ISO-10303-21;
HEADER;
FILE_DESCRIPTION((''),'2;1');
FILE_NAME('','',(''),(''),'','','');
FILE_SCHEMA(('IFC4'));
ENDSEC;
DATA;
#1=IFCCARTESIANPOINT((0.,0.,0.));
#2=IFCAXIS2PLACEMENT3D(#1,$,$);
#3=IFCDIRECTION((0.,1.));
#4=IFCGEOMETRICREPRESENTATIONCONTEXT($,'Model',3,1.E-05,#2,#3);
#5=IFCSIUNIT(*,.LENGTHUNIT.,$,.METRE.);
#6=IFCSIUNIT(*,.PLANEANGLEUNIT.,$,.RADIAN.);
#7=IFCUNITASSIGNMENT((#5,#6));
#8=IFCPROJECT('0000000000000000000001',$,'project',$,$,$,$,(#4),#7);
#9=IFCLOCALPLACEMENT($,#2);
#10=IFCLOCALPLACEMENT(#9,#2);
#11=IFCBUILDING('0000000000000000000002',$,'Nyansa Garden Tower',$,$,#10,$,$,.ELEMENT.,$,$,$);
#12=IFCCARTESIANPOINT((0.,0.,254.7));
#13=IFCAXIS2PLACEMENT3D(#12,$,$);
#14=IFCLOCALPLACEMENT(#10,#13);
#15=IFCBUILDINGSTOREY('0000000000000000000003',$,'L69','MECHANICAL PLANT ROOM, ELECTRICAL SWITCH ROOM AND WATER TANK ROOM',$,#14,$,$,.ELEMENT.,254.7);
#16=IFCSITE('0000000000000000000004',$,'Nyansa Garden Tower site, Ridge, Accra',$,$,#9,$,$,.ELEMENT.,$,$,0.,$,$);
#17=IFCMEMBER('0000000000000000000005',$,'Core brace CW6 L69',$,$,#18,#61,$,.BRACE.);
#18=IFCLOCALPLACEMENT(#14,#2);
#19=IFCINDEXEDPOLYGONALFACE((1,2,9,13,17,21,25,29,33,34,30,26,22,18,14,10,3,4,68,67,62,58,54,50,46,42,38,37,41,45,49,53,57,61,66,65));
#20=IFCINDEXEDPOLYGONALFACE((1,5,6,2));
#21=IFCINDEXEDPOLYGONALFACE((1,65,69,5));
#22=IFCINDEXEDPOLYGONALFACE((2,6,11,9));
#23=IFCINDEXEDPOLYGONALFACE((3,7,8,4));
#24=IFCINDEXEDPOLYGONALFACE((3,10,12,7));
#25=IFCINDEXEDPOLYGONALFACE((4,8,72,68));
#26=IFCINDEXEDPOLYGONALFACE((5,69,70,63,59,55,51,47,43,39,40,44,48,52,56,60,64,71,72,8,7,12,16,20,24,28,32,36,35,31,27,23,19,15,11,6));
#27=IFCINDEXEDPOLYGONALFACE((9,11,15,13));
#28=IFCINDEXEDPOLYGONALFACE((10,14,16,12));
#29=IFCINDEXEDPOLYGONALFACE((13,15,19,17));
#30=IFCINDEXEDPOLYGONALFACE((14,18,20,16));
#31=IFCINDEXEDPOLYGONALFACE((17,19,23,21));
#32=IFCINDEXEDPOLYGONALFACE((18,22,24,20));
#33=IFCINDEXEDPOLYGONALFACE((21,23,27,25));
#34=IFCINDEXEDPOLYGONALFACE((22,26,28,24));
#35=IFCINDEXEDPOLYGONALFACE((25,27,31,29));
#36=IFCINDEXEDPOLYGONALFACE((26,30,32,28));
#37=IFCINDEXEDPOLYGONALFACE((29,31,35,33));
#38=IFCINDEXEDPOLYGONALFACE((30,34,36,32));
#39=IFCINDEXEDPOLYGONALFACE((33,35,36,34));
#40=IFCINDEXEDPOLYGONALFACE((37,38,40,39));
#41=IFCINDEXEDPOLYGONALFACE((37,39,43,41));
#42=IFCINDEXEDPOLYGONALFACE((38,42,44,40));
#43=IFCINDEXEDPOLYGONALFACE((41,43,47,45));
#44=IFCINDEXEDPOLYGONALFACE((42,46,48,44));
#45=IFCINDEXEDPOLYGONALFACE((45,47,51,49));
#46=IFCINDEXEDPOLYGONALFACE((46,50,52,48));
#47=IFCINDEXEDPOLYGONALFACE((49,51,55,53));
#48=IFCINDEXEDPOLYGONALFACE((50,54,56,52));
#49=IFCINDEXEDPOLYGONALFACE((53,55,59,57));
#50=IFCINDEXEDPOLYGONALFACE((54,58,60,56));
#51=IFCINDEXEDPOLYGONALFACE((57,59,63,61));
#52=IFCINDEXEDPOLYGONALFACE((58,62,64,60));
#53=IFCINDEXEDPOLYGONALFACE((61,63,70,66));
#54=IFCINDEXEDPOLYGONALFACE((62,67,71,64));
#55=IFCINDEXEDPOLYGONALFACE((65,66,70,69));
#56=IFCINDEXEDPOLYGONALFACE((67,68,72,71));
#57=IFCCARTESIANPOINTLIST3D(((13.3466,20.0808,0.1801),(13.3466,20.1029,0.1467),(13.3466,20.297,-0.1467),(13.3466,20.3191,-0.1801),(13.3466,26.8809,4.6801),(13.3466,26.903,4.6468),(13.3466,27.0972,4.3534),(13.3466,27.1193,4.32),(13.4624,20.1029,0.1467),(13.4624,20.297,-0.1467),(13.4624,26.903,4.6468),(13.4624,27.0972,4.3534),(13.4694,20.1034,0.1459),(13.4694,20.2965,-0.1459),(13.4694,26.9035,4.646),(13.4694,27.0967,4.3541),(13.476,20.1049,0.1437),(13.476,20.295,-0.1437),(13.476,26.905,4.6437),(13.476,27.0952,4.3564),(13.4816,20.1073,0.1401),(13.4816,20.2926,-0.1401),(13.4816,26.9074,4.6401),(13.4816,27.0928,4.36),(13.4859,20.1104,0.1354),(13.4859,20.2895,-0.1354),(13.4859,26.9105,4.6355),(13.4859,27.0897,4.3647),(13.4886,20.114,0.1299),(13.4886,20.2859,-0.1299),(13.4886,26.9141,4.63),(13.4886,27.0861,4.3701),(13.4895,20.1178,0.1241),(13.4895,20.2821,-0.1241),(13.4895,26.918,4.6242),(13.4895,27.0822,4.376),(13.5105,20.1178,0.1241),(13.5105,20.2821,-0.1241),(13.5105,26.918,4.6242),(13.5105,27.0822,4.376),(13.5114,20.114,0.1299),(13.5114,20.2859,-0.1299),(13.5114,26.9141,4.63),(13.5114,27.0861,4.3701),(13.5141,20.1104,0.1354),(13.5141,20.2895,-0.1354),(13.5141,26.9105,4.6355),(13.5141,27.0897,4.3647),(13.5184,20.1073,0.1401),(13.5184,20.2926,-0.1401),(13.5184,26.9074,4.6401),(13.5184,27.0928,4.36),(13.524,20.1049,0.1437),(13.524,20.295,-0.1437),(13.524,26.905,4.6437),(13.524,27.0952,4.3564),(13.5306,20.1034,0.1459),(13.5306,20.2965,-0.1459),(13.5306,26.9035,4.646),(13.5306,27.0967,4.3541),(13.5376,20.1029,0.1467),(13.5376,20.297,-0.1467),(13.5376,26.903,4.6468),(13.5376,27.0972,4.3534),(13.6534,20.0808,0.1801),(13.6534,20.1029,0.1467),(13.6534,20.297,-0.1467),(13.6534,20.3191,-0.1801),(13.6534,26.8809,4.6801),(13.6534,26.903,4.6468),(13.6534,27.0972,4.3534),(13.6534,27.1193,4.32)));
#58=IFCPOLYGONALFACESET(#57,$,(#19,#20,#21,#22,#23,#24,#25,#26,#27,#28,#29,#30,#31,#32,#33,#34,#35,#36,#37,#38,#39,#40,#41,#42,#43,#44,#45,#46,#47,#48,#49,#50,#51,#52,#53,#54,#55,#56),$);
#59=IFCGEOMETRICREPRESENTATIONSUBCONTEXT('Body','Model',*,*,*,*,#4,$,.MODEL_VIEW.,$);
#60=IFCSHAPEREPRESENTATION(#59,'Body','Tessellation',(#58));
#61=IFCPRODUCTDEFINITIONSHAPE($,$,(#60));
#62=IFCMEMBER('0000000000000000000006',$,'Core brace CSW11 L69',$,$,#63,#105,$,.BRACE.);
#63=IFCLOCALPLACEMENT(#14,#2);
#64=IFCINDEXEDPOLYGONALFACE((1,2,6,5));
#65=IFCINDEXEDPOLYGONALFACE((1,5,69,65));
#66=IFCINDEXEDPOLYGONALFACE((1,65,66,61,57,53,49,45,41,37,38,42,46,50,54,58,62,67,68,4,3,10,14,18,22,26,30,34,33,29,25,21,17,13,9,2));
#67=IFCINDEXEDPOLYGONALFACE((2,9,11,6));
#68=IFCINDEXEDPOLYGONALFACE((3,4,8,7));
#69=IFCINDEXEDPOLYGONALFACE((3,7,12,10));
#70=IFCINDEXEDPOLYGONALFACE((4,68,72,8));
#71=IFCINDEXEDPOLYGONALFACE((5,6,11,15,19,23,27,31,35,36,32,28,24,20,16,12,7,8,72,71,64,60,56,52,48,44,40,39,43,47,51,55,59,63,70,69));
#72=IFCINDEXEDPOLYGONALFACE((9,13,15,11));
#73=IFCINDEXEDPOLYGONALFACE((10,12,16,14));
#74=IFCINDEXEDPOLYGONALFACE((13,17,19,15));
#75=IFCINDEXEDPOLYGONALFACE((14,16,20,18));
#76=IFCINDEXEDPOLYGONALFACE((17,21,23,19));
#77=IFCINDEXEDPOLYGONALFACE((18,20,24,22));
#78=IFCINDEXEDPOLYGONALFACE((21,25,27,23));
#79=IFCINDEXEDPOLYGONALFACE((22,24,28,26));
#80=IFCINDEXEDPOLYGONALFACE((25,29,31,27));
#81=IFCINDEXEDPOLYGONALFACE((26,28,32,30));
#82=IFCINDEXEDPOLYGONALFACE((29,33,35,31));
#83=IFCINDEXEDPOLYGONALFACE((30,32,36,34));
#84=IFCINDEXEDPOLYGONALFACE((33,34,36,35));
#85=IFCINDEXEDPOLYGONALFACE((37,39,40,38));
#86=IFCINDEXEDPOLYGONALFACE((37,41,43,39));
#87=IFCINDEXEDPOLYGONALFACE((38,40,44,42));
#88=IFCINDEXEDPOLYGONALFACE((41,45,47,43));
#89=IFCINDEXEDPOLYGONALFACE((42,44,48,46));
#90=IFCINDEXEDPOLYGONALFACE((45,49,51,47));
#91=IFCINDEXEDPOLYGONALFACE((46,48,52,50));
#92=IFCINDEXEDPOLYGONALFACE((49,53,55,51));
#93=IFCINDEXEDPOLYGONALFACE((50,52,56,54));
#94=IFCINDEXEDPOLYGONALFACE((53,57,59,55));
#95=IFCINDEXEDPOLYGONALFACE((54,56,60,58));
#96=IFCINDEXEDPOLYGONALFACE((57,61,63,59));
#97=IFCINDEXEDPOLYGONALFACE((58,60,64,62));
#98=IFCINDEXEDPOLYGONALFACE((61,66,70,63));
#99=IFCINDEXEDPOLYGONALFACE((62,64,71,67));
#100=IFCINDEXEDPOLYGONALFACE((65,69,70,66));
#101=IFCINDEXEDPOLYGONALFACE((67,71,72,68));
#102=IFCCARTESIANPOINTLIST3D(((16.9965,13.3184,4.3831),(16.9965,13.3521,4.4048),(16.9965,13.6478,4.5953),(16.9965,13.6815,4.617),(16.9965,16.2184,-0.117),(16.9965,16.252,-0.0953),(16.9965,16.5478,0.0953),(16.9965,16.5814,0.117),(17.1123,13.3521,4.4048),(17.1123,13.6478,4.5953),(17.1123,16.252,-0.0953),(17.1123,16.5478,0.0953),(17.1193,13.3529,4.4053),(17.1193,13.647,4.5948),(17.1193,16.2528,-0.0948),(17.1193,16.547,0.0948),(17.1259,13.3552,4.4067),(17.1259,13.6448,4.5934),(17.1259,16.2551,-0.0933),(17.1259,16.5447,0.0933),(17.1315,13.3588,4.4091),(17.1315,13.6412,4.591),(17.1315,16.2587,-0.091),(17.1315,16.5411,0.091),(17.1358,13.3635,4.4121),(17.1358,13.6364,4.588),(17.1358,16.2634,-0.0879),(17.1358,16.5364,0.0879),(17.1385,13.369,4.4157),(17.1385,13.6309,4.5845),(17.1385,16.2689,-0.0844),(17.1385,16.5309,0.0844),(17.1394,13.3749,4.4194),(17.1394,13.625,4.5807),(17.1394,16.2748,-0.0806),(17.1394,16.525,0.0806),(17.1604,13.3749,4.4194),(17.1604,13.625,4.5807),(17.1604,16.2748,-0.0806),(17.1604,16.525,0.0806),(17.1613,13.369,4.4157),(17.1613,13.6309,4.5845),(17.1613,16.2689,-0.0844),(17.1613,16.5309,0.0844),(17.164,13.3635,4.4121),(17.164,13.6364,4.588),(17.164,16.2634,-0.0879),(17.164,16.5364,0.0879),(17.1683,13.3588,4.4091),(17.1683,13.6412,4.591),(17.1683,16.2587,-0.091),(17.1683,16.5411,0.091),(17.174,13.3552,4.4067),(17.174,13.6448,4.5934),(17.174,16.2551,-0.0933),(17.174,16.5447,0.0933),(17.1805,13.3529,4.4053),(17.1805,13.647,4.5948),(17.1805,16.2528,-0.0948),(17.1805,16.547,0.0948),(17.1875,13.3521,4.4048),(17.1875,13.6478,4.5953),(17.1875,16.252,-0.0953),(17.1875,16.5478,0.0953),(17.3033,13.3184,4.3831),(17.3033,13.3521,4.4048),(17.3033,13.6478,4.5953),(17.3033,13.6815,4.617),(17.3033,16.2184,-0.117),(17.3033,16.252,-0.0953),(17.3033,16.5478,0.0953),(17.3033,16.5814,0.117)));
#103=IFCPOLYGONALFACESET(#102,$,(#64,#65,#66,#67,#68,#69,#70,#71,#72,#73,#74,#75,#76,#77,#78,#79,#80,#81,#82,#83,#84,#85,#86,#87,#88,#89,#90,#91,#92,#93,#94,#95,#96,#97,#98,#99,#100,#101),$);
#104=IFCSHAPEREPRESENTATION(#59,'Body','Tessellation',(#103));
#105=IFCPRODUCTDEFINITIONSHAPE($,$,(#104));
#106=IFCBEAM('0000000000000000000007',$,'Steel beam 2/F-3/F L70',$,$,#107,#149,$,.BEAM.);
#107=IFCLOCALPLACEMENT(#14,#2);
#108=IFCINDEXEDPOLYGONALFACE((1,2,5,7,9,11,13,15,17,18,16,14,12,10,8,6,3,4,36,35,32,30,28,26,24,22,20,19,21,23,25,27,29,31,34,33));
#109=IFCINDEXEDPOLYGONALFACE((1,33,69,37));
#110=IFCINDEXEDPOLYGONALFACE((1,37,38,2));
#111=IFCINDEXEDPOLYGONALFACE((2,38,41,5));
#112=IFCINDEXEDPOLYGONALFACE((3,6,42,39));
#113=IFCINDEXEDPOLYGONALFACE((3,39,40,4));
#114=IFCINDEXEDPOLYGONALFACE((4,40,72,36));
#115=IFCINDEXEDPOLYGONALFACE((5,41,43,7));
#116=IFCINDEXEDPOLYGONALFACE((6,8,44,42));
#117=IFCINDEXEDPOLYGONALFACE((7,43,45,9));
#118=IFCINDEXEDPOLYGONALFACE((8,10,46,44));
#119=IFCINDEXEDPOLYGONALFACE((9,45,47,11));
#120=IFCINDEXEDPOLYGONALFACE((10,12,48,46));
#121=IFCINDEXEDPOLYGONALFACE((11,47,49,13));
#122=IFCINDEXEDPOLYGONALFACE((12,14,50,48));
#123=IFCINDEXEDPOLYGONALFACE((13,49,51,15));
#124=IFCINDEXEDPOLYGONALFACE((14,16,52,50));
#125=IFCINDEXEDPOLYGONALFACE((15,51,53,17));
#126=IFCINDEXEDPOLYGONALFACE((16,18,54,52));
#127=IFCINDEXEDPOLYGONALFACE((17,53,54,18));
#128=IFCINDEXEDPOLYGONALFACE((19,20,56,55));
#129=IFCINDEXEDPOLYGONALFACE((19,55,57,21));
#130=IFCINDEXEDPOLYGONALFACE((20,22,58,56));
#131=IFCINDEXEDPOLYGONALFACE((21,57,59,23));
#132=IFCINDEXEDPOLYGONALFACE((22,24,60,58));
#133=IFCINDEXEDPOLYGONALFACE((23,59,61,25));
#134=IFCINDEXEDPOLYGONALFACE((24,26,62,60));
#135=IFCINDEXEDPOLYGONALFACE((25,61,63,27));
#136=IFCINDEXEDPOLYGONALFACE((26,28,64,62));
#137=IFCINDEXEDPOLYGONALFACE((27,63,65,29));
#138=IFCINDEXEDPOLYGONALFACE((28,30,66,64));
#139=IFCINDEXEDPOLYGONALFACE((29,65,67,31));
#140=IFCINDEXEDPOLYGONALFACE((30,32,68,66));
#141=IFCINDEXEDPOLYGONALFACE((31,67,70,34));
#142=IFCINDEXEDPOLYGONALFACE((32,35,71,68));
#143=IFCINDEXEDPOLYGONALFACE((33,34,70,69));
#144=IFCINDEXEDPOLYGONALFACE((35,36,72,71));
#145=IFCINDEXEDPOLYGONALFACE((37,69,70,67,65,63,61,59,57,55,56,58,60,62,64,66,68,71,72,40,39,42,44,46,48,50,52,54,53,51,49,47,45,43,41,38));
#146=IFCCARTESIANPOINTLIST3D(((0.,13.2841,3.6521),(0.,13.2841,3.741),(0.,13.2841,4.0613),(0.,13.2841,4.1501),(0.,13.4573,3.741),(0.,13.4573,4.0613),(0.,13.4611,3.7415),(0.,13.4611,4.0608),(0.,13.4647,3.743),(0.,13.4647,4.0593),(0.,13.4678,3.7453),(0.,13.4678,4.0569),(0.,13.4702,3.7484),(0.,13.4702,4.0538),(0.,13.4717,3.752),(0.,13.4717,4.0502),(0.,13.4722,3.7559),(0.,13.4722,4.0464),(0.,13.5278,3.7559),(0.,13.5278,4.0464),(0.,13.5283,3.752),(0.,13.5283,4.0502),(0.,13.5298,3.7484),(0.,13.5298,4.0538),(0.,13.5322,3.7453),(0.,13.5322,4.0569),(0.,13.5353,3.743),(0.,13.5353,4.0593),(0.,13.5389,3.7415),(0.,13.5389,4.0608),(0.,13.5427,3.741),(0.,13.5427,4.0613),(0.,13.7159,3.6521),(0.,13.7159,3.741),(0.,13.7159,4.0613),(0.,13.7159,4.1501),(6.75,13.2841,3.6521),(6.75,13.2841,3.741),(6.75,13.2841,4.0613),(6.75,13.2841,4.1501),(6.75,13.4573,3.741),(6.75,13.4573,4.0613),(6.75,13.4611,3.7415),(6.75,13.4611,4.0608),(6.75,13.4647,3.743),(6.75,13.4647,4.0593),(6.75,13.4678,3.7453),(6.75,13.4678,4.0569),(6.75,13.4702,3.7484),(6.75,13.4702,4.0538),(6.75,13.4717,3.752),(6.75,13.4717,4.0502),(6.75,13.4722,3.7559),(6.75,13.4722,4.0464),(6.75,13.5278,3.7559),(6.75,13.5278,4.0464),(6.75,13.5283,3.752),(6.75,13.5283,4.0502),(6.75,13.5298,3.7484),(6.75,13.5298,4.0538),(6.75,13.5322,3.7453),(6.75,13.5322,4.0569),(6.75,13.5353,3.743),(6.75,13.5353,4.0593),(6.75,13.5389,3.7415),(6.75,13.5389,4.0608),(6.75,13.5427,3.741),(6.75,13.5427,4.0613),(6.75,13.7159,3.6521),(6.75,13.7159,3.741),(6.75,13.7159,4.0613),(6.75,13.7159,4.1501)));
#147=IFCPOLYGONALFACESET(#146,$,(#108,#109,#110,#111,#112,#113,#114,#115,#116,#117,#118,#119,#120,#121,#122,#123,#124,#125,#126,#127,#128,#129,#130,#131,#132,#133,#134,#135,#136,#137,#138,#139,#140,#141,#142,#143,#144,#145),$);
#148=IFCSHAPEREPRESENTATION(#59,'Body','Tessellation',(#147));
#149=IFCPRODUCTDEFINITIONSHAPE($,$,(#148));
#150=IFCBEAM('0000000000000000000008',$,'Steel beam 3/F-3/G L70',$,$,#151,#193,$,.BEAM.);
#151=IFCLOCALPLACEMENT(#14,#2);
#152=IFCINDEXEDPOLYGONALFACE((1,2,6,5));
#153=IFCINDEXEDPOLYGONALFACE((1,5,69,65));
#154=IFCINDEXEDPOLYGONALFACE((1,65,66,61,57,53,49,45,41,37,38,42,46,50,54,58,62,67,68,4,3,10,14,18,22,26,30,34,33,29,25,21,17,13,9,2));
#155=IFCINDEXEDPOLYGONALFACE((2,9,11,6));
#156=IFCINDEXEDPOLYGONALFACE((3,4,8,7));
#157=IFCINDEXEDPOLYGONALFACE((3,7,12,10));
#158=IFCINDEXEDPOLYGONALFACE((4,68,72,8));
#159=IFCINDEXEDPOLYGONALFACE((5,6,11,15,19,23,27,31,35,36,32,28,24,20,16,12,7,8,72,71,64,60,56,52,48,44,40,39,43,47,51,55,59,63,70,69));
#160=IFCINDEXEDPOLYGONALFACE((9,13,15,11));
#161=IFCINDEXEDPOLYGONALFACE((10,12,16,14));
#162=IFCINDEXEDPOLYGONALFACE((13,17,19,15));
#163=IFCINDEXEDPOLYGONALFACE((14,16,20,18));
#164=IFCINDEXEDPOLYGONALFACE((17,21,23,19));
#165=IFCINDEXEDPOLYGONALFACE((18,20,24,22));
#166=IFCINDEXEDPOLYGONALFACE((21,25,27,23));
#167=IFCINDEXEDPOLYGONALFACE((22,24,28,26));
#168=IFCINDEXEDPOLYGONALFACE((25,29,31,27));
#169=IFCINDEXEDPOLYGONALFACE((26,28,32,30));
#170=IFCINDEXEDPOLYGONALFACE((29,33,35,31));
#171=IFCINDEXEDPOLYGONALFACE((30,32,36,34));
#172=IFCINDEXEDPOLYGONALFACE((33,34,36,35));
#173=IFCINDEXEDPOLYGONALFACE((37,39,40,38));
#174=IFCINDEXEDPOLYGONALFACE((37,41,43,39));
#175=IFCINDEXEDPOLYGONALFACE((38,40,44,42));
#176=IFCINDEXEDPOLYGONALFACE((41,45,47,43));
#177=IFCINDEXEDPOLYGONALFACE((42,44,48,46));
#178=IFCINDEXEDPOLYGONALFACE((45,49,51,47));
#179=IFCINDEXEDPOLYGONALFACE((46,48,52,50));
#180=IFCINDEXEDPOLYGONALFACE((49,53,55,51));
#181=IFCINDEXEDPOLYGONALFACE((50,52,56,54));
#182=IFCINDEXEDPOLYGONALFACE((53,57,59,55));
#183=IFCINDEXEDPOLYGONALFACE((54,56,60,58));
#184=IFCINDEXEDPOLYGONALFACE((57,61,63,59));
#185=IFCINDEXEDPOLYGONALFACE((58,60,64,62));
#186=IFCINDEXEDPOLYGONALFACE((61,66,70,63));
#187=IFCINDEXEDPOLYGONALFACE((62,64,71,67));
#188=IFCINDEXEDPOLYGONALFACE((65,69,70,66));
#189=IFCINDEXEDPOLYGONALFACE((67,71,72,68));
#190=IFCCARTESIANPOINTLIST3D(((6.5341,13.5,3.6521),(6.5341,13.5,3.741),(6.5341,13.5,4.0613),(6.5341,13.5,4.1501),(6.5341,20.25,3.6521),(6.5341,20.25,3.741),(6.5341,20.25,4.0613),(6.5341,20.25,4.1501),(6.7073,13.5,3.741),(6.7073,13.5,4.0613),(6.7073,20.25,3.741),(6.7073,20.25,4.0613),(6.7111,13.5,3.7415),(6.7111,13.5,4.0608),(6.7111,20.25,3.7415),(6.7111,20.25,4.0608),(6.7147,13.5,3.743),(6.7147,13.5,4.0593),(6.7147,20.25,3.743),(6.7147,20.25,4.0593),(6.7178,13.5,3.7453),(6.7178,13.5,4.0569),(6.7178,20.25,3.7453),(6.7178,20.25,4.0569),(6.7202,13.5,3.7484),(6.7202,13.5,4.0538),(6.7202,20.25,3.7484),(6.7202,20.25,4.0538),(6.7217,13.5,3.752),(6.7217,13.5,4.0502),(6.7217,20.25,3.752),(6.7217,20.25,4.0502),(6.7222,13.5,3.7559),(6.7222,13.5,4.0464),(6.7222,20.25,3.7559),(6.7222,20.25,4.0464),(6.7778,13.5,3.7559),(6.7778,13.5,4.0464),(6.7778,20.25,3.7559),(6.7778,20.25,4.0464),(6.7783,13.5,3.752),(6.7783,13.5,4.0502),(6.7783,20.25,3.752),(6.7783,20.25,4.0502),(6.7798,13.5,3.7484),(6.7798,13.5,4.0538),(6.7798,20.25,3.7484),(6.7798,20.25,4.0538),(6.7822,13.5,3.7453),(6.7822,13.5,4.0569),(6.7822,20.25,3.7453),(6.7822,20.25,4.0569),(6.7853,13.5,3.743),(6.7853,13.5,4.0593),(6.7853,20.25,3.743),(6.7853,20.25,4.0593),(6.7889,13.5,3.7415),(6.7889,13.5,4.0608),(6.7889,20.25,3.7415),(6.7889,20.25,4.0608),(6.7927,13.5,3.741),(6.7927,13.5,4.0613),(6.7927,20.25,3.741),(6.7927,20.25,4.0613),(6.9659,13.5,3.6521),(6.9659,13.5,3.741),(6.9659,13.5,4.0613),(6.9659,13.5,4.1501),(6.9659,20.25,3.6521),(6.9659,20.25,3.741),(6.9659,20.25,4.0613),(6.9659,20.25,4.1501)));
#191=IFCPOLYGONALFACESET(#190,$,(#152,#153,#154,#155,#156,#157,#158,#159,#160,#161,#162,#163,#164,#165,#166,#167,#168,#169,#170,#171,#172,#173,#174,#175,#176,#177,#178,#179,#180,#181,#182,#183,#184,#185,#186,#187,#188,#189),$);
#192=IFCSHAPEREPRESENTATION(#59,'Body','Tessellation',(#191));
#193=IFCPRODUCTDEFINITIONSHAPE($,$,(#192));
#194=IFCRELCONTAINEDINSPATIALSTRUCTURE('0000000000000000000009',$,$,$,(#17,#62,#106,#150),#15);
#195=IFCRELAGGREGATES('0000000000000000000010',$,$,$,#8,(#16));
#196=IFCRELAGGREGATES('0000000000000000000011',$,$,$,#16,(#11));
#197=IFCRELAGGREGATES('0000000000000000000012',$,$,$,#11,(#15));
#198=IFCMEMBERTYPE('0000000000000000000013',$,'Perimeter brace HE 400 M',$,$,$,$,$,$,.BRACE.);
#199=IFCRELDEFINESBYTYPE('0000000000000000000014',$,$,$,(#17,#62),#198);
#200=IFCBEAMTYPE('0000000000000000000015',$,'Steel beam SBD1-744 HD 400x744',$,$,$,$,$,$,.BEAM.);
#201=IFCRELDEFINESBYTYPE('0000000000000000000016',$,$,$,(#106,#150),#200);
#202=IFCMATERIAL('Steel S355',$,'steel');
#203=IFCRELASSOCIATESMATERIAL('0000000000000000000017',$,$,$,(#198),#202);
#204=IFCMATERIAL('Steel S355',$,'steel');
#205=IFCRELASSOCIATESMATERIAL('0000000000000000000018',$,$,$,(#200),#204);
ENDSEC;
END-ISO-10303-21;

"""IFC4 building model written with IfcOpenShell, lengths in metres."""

from ifc_helpers import new_model, si_unit, direction, frame, origin, origin_2d, place, context, subcontext, project, spatial, i_section, extrude, material, material_profile, profile_set, type_object, element, save


model = new_model("IFC4")

# Units and contexts
model_context = context("Model", 3, precision=1e-05, world=origin(), true_north=direction((0.0, 1.0)))
body_context = subcontext(model_context, "Body", "Model", "MODEL_VIEW")
ifc_project = project(units=[si_unit("LENGTHUNIT", "METRE"), si_unit("PLANEANGLEUNIT", "RADIAN")], contexts=[model_context])

# Site, building, storey
site_placement = place(None, origin())
site = spatial("IfcSite", under=ifc_project, at=site_placement, Name="Nyansa Garden Tower site, Ridge, Accra", CompositionType="ELEMENT", RefElevation=0.0)
building_placement = place(site_placement, origin())
building = spatial("IfcBuilding", under=site, at=building_placement, Name="Nyansa Garden Tower", CompositionType="ELEMENT")
storey_placement = place(building_placement, frame((0.0, 0.0, 254.7)))
storey = spatial("IfcBuildingStorey", under=building, at=storey_placement, Name="L69", Description="MECHANICAL PLANT ROOM, ELECTRICAL SWITCH ROOM AND WATER TANK ROOM", CompositionType="ELEMENT", Elevation=254.7)

# Members
ifc_material_1 = material(Name="Steel S355", Category="steel")
ifc_material_profile_1 = material_profile(ifc_material_1, i_section(OverallWidth=0.3069, OverallDepth=0.4319, WebThickness=0.021, FlangeThickness=0.04, FilletRadius=0.0271, at=origin_2d()), Name="HE 400 M")
ifc_profile_set_1 = profile_set([ifc_material_profile_1], Name="Steel S355")
member_type = type_object("IfcMemberType", Name="Perimeter brace HE 400 M", PredefinedType="BRACE", material=ifc_profile_set_1)
member_1_placement = place(storey_placement, frame((13.5, 20.2, 0.0), z_axis=(0.0, 0.833934, 0.551864), x_axis=(-1.0, 0.0, 0.0)))
element("IfcMember", 1, at=member_1_placement, inside=storey, type_object=member_type, Name="Core brace CW6 L69", PredefinedType="BRACE", context=body_context, shape_type="SweptSolid", body=[
    extrude(i_section(OverallWidth=0.3069, OverallDepth=0.4319, WebThickness=0.021, FlangeThickness=0.04, FilletRadius=0.0271, at=origin_2d()), origin(), (0.0, 0.0, 1.0), 8.1543),
])
member_2_placement = place(storey_placement, frame((17.1499, 16.3999, 0.0), z_axis=(0.0, -0.541688, 0.840579), x_axis=(1.0, 0.0, 0.0)))
element("IfcMember", 2, at=member_2_placement, inside=storey, type_object=member_type, Name="Core brace CSW11 L69", PredefinedType="BRACE", context=body_context, shape_type="SweptSolid", body=[
    extrude(i_section(OverallWidth=0.3069, OverallDepth=0.4319, WebThickness=0.021, FlangeThickness=0.04, FilletRadius=0.0271, at=origin_2d()), origin(), (0.0, 0.0, 1.0), 5.3535),
])

# Beams
ifc_material_2 = material(Name="Steel S355", Category="steel")
ifc_material_profile_2 = material_profile(ifc_material_2, i_section(OverallWidth=0.4319, OverallDepth=0.498, WebThickness=0.0557, FlangeThickness=0.0889, FilletRadius=0.0149, at=origin_2d()), Name="HD 400x744")
ifc_profile_set_2 = profile_set([ifc_material_profile_2], Name="Steel S355")
beam_type_1 = type_object("IfcBeamType", Name="Steel beam SBD1-744 HD 400x744", PredefinedType="BEAM", material=ifc_profile_set_2)
for number, where, z_axis, x_axis, name in (
    (3, (0.0, 13.5, 3.9011), (1.0, 0.0, 0.0), (0.0, 1.0, 0.0), "Steel beam 2/F-3/F L70"),
    (4, (6.75, 13.5, 3.9011), (0.0, 1.0, 0.0), (-1.0, 0.0, 0.0), "Steel beam 3/F-3/G L70"),
):
    element("IfcBeam", number, at=place(storey_placement, frame(where, z_axis=z_axis, x_axis=x_axis)), inside=storey, type_object=beam_type_1, Name=name, PredefinedType="BEAM", context=body_context, shape_type="SweptSolid", body=[
        extrude(i_section(OverallWidth=0.4319, OverallDepth=0.498, WebThickness=0.0557, FlangeThickness=0.0889, FilletRadius=0.0149, at=origin_2d()), origin(), (0.0, 0.0, 1.0), 6.75),
    ])

save(model, "model.ifc")
